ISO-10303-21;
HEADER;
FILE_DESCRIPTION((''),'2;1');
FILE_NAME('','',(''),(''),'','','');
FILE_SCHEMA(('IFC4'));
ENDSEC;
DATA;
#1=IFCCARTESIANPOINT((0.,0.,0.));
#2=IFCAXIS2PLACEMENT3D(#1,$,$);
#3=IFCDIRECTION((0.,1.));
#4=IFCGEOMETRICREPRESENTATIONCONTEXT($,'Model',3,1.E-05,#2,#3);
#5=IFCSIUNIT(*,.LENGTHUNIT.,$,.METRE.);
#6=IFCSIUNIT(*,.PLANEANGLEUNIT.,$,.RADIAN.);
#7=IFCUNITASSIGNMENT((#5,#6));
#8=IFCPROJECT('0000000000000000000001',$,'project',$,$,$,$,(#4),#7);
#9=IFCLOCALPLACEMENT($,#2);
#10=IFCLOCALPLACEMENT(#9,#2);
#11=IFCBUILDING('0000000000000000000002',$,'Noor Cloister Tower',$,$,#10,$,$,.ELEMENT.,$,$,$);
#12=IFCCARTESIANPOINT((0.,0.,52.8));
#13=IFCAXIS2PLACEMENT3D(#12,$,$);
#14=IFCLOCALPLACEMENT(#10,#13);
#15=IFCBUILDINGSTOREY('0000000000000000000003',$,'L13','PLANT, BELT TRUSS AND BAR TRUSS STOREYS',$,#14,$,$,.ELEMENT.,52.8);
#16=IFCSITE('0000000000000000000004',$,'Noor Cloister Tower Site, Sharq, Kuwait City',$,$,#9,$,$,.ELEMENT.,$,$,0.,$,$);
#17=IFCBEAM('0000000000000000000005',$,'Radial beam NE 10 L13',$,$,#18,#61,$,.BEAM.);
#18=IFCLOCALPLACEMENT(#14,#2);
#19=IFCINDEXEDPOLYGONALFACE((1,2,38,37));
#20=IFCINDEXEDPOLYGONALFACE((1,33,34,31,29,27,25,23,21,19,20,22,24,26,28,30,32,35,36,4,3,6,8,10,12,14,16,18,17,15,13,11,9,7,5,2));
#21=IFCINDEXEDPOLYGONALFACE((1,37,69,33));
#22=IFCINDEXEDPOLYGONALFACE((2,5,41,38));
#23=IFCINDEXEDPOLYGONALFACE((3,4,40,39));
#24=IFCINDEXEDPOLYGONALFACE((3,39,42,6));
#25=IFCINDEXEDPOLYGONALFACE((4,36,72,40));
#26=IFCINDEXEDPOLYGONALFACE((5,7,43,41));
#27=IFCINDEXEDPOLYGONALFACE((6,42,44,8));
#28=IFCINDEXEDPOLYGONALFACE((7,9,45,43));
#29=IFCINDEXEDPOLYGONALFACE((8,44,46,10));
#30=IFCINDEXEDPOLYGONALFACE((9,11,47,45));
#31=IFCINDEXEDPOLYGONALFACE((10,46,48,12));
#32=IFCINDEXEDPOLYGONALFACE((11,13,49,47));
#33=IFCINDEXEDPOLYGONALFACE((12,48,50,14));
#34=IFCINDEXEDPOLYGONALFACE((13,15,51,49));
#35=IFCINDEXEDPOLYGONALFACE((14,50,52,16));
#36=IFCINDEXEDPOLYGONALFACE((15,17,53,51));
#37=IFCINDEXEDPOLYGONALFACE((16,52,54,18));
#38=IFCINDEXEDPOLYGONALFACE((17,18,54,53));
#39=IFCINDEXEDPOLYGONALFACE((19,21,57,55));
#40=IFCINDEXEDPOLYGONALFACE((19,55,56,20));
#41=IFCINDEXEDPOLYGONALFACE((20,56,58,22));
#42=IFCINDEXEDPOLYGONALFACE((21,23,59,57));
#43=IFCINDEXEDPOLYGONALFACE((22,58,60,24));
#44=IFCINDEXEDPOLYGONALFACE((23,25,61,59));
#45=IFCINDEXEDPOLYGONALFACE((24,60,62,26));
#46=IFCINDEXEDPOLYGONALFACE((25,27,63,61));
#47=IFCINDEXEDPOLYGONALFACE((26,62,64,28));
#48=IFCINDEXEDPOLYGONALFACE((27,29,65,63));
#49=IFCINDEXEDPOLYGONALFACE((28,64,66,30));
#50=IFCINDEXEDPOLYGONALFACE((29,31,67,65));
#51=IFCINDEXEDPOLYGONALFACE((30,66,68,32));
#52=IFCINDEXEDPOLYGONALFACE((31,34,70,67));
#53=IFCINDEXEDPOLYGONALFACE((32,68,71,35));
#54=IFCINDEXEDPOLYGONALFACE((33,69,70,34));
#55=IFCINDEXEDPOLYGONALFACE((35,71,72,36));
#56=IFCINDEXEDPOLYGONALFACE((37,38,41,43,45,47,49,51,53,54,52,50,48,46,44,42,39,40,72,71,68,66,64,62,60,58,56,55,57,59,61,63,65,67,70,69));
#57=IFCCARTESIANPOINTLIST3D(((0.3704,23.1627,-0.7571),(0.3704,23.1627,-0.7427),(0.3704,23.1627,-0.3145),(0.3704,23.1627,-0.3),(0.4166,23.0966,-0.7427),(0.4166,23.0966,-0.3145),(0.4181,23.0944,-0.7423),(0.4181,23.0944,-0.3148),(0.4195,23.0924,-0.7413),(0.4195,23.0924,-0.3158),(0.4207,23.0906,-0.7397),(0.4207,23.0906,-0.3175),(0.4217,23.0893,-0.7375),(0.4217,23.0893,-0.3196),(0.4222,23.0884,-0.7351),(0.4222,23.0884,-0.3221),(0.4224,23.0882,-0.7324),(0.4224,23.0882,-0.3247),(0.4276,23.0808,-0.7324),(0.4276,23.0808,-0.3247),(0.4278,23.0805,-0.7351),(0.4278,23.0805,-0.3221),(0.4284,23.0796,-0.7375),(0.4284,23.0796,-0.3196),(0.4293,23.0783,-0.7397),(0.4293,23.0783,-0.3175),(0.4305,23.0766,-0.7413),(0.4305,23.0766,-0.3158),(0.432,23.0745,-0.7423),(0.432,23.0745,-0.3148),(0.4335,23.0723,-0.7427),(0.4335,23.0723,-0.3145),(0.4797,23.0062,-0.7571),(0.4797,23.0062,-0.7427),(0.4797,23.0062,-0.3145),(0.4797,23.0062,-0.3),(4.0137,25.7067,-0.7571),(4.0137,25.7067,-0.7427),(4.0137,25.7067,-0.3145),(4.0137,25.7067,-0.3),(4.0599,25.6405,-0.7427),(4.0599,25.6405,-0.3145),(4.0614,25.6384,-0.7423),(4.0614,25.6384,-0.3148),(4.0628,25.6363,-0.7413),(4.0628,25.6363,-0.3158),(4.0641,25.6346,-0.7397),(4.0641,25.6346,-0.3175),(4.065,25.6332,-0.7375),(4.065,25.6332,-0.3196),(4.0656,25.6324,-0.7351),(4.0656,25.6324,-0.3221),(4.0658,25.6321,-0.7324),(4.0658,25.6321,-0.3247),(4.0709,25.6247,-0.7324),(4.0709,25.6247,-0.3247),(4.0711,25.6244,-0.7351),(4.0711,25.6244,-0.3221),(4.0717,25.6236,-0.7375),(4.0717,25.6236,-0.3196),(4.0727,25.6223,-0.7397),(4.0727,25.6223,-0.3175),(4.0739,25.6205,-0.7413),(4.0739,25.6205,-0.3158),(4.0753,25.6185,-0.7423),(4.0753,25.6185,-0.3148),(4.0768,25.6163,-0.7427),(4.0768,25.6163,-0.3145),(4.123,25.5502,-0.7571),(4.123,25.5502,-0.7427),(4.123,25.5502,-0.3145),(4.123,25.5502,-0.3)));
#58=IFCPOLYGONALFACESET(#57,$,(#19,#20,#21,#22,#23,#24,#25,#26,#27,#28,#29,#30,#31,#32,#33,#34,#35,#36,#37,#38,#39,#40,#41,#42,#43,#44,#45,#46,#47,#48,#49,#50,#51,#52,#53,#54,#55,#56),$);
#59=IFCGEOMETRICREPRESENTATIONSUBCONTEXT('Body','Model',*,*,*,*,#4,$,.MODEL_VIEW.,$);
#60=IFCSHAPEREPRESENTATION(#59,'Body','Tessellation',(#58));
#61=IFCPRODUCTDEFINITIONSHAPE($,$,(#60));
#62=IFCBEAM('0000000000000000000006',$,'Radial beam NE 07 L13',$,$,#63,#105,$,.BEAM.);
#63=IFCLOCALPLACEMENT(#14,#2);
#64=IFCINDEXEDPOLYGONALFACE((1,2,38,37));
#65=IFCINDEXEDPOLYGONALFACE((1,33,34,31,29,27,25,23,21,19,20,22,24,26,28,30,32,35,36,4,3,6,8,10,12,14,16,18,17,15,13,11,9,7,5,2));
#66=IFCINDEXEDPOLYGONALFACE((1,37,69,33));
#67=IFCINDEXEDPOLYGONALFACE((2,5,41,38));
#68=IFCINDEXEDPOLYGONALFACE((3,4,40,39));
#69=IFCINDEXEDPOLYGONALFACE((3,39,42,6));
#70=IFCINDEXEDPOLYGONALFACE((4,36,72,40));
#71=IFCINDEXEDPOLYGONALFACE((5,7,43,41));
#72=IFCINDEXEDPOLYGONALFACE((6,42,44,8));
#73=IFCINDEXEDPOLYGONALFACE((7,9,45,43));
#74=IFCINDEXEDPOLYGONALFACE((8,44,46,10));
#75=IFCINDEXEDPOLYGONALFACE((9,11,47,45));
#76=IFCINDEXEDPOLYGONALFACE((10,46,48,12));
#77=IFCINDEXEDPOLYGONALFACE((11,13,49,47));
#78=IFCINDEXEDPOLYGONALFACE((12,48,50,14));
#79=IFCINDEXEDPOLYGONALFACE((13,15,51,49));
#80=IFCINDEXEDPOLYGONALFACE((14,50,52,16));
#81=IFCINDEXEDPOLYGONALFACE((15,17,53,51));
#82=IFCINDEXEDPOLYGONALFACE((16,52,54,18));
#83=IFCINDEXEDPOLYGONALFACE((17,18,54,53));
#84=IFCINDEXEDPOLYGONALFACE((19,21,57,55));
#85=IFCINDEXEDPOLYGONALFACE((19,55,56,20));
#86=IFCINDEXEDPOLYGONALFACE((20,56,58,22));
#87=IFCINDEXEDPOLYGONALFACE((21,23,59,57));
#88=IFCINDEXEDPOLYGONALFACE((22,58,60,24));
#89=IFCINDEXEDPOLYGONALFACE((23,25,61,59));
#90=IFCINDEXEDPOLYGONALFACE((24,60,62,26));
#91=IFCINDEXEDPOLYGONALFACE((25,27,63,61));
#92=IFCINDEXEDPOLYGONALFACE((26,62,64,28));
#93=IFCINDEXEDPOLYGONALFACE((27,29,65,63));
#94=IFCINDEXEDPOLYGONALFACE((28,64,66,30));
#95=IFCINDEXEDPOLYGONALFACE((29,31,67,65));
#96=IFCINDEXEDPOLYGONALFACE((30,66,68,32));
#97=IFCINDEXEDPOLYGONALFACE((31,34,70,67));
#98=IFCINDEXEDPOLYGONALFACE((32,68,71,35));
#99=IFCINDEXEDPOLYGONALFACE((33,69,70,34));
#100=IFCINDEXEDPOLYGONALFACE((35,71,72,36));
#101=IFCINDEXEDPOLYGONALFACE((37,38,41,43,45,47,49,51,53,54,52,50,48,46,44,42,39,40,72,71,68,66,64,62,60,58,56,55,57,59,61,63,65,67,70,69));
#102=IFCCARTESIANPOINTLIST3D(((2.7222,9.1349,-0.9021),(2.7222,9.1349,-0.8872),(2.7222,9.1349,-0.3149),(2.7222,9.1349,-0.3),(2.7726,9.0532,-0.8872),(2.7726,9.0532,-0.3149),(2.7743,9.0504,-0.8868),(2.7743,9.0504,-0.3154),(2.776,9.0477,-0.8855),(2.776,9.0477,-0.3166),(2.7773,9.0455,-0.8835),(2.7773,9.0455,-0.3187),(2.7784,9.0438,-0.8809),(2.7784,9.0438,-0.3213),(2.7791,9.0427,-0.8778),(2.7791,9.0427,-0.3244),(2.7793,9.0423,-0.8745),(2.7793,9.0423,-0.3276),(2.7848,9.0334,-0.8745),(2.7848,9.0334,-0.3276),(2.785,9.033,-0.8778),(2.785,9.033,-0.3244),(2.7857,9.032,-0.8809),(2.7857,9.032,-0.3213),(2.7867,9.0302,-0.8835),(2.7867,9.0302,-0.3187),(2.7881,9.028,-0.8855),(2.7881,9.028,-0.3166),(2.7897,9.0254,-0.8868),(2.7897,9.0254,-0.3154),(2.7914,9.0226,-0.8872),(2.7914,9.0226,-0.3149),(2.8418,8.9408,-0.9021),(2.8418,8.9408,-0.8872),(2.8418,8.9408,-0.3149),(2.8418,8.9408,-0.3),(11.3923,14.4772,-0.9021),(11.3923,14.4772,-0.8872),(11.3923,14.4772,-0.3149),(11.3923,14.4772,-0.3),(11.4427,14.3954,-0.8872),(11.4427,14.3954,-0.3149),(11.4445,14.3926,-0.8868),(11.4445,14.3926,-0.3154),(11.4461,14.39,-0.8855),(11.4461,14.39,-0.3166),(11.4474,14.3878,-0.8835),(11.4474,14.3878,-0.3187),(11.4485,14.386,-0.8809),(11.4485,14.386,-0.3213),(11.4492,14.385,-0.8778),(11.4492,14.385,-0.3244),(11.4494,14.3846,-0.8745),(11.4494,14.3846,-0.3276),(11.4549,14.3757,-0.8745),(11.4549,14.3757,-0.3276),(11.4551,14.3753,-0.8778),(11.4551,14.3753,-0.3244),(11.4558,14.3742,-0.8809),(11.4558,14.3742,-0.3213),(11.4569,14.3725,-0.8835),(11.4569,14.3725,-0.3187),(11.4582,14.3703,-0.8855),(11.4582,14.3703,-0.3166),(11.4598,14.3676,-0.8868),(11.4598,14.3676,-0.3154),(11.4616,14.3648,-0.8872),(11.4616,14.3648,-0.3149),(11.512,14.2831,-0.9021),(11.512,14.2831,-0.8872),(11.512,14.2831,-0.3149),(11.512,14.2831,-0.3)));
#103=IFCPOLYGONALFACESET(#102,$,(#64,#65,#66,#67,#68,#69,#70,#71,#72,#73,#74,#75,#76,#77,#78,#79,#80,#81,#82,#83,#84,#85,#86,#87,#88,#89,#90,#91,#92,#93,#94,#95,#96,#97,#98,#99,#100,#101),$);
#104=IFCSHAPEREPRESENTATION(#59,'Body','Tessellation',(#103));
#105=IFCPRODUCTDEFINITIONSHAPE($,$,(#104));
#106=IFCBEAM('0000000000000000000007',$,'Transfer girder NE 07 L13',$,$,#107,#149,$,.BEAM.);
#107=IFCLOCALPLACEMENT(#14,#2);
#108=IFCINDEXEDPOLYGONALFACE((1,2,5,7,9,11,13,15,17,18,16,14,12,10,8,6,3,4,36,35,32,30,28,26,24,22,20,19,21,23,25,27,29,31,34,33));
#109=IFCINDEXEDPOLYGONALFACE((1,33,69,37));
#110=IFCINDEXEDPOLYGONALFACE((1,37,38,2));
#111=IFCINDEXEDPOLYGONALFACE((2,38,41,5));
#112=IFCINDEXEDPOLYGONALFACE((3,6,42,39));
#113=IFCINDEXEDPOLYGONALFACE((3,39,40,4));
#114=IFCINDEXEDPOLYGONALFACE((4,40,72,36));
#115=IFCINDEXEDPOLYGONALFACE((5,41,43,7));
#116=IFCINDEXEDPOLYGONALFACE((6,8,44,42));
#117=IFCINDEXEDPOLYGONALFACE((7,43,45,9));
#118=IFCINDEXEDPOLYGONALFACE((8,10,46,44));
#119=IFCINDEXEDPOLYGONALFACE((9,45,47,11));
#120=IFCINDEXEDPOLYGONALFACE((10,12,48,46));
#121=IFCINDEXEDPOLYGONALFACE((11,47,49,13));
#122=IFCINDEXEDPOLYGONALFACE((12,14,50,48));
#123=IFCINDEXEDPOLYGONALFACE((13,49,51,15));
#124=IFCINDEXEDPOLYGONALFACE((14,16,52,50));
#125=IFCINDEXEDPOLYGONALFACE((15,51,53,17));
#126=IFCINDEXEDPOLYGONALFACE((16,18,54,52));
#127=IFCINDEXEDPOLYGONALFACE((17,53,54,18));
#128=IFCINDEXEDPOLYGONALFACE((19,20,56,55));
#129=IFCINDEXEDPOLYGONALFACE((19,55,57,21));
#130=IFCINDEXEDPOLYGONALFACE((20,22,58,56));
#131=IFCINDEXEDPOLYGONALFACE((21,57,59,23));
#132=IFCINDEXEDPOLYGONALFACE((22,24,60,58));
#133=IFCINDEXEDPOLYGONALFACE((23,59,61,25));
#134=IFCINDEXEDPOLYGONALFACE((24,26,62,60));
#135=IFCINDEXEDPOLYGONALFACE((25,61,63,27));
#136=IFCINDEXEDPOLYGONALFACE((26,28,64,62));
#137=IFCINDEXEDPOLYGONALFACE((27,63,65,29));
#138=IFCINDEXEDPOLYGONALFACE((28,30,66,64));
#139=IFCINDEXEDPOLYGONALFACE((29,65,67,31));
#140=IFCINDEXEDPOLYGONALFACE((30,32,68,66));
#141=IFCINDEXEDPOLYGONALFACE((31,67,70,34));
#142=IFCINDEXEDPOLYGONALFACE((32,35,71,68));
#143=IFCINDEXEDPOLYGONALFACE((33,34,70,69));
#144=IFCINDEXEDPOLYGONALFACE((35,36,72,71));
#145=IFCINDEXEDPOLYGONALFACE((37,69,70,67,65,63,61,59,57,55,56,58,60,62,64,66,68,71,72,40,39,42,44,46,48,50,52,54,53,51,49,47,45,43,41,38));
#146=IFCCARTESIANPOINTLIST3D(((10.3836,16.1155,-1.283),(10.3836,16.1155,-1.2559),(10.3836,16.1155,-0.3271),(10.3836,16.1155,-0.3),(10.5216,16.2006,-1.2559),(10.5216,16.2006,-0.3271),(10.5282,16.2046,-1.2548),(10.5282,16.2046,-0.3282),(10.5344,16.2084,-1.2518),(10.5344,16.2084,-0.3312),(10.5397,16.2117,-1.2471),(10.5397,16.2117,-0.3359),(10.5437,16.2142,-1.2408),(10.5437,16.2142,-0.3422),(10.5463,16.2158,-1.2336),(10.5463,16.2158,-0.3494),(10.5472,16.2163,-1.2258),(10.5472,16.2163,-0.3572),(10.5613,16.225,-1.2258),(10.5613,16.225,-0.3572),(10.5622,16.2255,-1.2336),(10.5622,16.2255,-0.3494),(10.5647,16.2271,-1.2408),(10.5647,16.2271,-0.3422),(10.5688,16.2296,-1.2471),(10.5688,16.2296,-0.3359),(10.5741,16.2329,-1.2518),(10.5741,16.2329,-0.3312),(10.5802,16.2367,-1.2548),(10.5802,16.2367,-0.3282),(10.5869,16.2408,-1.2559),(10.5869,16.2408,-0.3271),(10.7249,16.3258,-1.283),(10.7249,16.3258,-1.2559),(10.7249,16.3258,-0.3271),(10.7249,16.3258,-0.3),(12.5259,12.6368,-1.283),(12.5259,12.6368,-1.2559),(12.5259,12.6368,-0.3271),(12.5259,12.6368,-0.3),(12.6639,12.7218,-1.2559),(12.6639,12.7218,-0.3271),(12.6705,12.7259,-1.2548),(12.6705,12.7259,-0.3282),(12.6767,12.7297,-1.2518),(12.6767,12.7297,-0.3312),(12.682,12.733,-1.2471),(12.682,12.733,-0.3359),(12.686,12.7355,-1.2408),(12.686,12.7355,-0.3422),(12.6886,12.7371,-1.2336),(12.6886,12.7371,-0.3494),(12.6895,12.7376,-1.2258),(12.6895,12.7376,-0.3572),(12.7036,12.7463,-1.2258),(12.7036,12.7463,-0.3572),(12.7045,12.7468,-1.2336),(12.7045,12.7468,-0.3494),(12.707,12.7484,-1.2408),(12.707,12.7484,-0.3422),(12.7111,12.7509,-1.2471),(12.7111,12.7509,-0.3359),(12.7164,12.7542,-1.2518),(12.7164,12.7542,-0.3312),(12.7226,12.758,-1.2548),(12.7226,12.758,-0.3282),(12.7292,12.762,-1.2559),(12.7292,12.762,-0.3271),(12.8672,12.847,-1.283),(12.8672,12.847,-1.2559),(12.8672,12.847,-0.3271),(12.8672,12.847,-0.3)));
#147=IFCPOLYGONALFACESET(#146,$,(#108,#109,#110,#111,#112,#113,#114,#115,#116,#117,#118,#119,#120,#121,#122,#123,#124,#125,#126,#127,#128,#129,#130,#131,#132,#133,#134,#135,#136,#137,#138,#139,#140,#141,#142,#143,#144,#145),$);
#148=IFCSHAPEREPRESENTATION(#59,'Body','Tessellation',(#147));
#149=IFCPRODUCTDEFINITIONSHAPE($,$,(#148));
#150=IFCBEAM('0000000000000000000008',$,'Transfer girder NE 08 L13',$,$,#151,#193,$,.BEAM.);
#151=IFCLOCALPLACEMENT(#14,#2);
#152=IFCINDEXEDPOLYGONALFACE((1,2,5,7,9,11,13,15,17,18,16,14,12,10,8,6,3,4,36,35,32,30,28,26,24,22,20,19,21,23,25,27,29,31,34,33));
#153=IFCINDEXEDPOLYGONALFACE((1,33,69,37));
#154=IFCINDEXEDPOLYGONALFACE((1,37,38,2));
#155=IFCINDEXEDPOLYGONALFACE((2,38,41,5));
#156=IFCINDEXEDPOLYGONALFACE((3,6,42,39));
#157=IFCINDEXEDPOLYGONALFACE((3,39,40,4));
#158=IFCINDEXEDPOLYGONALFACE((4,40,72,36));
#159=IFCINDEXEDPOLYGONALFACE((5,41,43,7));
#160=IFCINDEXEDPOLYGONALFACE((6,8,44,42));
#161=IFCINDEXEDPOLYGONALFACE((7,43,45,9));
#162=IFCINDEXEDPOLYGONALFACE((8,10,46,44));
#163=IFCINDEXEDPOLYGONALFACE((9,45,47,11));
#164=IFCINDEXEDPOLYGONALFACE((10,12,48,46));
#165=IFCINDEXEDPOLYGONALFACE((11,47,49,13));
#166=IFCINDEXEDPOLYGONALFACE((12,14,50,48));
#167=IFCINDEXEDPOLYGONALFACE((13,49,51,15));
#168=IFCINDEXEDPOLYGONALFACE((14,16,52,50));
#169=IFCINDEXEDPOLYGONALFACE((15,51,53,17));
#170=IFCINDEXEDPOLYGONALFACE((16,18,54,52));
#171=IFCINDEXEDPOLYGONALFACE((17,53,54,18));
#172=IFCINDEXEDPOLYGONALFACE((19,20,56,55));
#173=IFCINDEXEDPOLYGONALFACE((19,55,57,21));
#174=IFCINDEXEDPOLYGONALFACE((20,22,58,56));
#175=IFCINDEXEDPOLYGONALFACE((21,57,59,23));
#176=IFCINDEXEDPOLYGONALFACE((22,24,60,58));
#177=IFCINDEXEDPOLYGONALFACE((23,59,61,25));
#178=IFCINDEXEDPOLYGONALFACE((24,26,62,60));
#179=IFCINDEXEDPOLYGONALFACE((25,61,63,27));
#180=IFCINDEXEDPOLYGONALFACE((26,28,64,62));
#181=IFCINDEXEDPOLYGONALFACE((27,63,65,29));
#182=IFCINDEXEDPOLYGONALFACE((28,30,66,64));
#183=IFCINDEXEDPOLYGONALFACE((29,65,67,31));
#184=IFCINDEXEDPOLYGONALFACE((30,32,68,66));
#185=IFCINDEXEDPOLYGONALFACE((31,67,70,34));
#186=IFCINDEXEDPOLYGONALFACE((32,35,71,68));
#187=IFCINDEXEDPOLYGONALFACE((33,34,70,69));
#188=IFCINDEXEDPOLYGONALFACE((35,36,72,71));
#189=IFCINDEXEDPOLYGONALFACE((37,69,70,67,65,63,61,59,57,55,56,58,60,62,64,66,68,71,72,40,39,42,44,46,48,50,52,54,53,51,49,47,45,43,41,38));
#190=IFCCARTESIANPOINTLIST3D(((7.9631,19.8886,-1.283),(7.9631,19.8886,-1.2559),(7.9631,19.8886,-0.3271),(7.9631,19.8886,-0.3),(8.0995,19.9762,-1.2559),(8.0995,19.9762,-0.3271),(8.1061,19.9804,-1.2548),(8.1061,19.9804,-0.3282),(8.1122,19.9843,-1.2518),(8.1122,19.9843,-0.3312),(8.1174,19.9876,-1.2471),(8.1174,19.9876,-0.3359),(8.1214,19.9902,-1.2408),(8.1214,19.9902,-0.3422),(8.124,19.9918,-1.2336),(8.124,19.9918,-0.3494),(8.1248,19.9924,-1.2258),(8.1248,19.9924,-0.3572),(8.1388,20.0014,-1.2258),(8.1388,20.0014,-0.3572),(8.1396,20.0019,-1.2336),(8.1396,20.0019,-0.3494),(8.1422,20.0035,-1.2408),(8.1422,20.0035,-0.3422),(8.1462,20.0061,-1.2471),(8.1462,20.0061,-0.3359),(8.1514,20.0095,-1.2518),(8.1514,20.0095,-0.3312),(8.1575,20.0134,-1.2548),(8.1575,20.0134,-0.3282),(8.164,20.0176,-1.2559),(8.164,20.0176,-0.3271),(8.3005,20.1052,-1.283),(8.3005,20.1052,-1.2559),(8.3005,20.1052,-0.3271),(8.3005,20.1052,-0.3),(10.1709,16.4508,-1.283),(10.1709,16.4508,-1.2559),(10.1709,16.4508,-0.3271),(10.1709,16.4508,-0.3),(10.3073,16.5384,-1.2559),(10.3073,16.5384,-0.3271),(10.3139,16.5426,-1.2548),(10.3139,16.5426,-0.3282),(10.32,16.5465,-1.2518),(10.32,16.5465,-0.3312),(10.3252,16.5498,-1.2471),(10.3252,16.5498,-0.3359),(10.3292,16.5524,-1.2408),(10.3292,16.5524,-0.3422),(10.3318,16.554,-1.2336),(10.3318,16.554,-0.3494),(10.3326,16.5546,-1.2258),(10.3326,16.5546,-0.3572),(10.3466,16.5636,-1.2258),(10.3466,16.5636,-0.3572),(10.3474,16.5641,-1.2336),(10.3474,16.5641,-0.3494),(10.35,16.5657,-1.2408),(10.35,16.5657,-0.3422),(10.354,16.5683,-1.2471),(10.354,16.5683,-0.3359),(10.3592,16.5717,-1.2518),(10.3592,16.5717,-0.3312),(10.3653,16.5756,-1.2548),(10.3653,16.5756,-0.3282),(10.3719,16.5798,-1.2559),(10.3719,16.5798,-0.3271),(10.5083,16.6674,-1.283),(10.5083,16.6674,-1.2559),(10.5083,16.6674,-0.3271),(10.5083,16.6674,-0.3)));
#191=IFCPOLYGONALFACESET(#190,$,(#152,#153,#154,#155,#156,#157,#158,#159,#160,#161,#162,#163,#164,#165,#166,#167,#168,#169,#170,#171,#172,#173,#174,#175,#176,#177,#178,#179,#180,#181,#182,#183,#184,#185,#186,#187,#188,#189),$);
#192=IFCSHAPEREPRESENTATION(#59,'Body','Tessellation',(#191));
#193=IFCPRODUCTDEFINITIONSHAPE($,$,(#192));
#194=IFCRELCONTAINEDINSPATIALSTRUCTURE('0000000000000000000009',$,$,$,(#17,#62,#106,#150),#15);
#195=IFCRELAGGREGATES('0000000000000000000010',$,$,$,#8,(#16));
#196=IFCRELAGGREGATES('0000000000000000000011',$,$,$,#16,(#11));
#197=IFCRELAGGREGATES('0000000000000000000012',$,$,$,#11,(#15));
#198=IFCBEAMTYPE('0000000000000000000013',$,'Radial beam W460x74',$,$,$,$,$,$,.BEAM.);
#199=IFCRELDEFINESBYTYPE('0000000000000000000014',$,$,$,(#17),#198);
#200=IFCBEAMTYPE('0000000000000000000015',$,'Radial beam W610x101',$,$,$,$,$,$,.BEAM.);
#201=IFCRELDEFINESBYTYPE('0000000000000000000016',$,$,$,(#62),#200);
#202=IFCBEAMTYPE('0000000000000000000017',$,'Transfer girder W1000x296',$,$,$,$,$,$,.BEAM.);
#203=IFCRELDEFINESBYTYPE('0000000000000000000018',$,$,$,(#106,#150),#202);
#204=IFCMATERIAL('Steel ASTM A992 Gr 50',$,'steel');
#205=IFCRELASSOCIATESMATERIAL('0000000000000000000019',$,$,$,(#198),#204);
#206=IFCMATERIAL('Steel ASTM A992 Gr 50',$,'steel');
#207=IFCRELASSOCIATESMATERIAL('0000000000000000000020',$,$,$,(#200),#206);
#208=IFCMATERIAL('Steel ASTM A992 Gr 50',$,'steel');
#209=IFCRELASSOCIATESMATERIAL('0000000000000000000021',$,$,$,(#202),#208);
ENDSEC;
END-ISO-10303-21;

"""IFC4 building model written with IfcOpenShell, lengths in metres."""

from ifc_helpers import new_model, si_unit, direction, frame, origin, origin_2d, place, context, subcontext, project, spatial, i_section, extrude, material, material_profile, profile_set, type_object, element, save


model = new_model("IFC4")

# Units and contexts
model_context = context("Model", 3, precision=1e-05, world=origin(), true_north=direction((0.0, 1.0)))
body_context = subcontext(model_context, "Body", "Model", "MODEL_VIEW")
ifc_project = project(units=[si_unit("LENGTHUNIT", "METRE"), si_unit("PLANEANGLEUNIT", "RADIAN")], contexts=[model_context])

# Site, building, storey
site_placement = place(None, origin())
site = spatial("IfcSite", under=ifc_project, at=site_placement, Name="Noor Cloister Tower Site, Sharq, Kuwait City", CompositionType="ELEMENT", RefElevation=0.0)
building_placement = place(site_placement, origin())
building = spatial("IfcBuilding", under=site, at=building_placement, Name="Noor Cloister Tower", CompositionType="ELEMENT")
storey_placement = place(building_placement, frame((0.0, 0.0, 52.8)))
storey = spatial("IfcBuildingStorey", under=building, at=storey_placement, Name="L13", Description="PLANT, BELT TRUSS AND BAR TRUSS STOREYS", CompositionType="ELEMENT", Elevation=52.8)

# Beams
ifc_material_1 = material(Name="Steel ASTM A992 Gr 50", Category="steel")
ifc_material_profile_1 = material_profile(ifc_material_1, i_section(OverallWidth=0.1909, OverallDepth=0.457, WebThickness=0.009, FlangeThickness=0.0144, FilletRadius=0.0103, at=origin_2d()), Name="W460x74")
ifc_profile_set_1 = profile_set([ifc_material_profile_1], Name="Steel ASTM A992 Gr 50")
beam_type_1 = type_object("IfcBeamType", Name="Radial beam W460x74", PredefinedType="BEAM", material=ifc_profile_set_1)
beam_1_placement = place(storey_placement, frame((4.0684, 25.6284, -0.5286), z_axis=(-0.819905, -0.5725, 0.0), x_axis=(0.5725, -0.819905, 0.0)))
element("IfcBeam", 1, at=beam_1_placement, inside=storey, type_object=beam_type_1, Name="Radial beam NE 10 L13", PredefinedType="BEAM", context=body_context, shape_type="SweptSolid", body=[
    extrude(i_section(OverallWidth=0.1909, OverallDepth=0.457, WebThickness=0.009, FlangeThickness=0.0144, FilletRadius=0.0103, at=origin_2d()), origin(), (0.0, 0.0, 1.0), 4.4436),
])
ifc_material_2 = material(Name="Steel ASTM A992 Gr 50", Category="steel")
ifc_material_profile_2 = material_profile(ifc_material_2, i_section(OverallWidth=0.228, OverallDepth=0.6021, WebThickness=0.0105, FlangeThickness=0.0149, FilletRadius=0.0127, at=origin_2d()), Name="W610x101")
ifc_profile_set_2 = profile_set([ifc_material_profile_2], Name="Steel ASTM A992 Gr 50")
beam_type_2 = type_object("IfcBeamType", Name="Radial beam W610x101", PredefinedType="BEAM", material=ifc_profile_set_2)
beam_2_placement = place(storey_placement, frame((11.4521, 14.3801, -0.6011), z_axis=(-0.85136, -0.524582, 0.0), x_axis=(0.524582, -0.85136, 0.0)))
element("IfcBeam", 2, at=beam_2_placement, inside=storey, type_object=beam_type_2, Name="Radial beam NE 07 L13", PredefinedType="BEAM", context=body_context, shape_type="SweptSolid", body=[
    extrude(i_section(OverallWidth=0.228, OverallDepth=0.6021, WebThickness=0.0105, FlangeThickness=0.0149, FilletRadius=0.0127, at=origin_2d()), origin(), (0.0, 0.0, 1.0), 10.1838),
])
ifc_material_3 = material(Name="Steel ASTM A992 Gr 50", Category="steel")
ifc_material_profile_3 = material_profile(ifc_material_3, i_section(OverallWidth=0.4009, OverallDepth=0.9829, WebThickness=0.0166, FlangeThickness=0.0271, FilletRadius=0.03, at=origin_2d()), Name="W1000x296")
ifc_profile_set_3 = profile_set([ifc_material_profile_3], Name="Steel ASTM A992 Gr 50")
beam_type_3 = type_object("IfcBeamType", Name="Transfer girder W1000x296", PredefinedType="BEAM", material=ifc_profile_set_3)
beam_3_placement = place(storey_placement, frame((12.6965, 12.7419, -0.7915), z_axis=(-0.524374, 0.851488, 0.0), x_axis=(-0.851488, -0.524374, 0.0)))
element("IfcBeam", 3, at=beam_3_placement, inside=storey, type_object=beam_type_3, Name="Transfer girder NE 07 L13", PredefinedType="BEAM", context=body_context, shape_type="SweptSolid", body=[
    extrude(i_section(OverallWidth=0.4009, OverallDepth=0.9829, WebThickness=0.0166, FlangeThickness=0.0271, FilletRadius=0.03, at=origin_2d()), origin(), (0.0, 0.0, 1.0), 4.0854),
])
beam_4_placement = place(storey_placement, frame((10.3396, 16.5591, -0.7915), z_axis=(-0.540374, 0.841425, 0.0), x_axis=(-0.841425, -0.540374, 0.0)))
element("IfcBeam", 4, at=beam_4_placement, inside=storey, type_object=beam_type_3, Name="Transfer girder NE 08 L13", PredefinedType="BEAM", context=body_context, shape_type="SweptSolid", body=[
    extrude(i_section(OverallWidth=0.4009, OverallDepth=0.9829, WebThickness=0.0166, FlangeThickness=0.0271, FilletRadius=0.03, at=origin_2d()), origin(), (0.0, 0.0, 1.0), 4.0857),
])

save(model, "model.ifc")
